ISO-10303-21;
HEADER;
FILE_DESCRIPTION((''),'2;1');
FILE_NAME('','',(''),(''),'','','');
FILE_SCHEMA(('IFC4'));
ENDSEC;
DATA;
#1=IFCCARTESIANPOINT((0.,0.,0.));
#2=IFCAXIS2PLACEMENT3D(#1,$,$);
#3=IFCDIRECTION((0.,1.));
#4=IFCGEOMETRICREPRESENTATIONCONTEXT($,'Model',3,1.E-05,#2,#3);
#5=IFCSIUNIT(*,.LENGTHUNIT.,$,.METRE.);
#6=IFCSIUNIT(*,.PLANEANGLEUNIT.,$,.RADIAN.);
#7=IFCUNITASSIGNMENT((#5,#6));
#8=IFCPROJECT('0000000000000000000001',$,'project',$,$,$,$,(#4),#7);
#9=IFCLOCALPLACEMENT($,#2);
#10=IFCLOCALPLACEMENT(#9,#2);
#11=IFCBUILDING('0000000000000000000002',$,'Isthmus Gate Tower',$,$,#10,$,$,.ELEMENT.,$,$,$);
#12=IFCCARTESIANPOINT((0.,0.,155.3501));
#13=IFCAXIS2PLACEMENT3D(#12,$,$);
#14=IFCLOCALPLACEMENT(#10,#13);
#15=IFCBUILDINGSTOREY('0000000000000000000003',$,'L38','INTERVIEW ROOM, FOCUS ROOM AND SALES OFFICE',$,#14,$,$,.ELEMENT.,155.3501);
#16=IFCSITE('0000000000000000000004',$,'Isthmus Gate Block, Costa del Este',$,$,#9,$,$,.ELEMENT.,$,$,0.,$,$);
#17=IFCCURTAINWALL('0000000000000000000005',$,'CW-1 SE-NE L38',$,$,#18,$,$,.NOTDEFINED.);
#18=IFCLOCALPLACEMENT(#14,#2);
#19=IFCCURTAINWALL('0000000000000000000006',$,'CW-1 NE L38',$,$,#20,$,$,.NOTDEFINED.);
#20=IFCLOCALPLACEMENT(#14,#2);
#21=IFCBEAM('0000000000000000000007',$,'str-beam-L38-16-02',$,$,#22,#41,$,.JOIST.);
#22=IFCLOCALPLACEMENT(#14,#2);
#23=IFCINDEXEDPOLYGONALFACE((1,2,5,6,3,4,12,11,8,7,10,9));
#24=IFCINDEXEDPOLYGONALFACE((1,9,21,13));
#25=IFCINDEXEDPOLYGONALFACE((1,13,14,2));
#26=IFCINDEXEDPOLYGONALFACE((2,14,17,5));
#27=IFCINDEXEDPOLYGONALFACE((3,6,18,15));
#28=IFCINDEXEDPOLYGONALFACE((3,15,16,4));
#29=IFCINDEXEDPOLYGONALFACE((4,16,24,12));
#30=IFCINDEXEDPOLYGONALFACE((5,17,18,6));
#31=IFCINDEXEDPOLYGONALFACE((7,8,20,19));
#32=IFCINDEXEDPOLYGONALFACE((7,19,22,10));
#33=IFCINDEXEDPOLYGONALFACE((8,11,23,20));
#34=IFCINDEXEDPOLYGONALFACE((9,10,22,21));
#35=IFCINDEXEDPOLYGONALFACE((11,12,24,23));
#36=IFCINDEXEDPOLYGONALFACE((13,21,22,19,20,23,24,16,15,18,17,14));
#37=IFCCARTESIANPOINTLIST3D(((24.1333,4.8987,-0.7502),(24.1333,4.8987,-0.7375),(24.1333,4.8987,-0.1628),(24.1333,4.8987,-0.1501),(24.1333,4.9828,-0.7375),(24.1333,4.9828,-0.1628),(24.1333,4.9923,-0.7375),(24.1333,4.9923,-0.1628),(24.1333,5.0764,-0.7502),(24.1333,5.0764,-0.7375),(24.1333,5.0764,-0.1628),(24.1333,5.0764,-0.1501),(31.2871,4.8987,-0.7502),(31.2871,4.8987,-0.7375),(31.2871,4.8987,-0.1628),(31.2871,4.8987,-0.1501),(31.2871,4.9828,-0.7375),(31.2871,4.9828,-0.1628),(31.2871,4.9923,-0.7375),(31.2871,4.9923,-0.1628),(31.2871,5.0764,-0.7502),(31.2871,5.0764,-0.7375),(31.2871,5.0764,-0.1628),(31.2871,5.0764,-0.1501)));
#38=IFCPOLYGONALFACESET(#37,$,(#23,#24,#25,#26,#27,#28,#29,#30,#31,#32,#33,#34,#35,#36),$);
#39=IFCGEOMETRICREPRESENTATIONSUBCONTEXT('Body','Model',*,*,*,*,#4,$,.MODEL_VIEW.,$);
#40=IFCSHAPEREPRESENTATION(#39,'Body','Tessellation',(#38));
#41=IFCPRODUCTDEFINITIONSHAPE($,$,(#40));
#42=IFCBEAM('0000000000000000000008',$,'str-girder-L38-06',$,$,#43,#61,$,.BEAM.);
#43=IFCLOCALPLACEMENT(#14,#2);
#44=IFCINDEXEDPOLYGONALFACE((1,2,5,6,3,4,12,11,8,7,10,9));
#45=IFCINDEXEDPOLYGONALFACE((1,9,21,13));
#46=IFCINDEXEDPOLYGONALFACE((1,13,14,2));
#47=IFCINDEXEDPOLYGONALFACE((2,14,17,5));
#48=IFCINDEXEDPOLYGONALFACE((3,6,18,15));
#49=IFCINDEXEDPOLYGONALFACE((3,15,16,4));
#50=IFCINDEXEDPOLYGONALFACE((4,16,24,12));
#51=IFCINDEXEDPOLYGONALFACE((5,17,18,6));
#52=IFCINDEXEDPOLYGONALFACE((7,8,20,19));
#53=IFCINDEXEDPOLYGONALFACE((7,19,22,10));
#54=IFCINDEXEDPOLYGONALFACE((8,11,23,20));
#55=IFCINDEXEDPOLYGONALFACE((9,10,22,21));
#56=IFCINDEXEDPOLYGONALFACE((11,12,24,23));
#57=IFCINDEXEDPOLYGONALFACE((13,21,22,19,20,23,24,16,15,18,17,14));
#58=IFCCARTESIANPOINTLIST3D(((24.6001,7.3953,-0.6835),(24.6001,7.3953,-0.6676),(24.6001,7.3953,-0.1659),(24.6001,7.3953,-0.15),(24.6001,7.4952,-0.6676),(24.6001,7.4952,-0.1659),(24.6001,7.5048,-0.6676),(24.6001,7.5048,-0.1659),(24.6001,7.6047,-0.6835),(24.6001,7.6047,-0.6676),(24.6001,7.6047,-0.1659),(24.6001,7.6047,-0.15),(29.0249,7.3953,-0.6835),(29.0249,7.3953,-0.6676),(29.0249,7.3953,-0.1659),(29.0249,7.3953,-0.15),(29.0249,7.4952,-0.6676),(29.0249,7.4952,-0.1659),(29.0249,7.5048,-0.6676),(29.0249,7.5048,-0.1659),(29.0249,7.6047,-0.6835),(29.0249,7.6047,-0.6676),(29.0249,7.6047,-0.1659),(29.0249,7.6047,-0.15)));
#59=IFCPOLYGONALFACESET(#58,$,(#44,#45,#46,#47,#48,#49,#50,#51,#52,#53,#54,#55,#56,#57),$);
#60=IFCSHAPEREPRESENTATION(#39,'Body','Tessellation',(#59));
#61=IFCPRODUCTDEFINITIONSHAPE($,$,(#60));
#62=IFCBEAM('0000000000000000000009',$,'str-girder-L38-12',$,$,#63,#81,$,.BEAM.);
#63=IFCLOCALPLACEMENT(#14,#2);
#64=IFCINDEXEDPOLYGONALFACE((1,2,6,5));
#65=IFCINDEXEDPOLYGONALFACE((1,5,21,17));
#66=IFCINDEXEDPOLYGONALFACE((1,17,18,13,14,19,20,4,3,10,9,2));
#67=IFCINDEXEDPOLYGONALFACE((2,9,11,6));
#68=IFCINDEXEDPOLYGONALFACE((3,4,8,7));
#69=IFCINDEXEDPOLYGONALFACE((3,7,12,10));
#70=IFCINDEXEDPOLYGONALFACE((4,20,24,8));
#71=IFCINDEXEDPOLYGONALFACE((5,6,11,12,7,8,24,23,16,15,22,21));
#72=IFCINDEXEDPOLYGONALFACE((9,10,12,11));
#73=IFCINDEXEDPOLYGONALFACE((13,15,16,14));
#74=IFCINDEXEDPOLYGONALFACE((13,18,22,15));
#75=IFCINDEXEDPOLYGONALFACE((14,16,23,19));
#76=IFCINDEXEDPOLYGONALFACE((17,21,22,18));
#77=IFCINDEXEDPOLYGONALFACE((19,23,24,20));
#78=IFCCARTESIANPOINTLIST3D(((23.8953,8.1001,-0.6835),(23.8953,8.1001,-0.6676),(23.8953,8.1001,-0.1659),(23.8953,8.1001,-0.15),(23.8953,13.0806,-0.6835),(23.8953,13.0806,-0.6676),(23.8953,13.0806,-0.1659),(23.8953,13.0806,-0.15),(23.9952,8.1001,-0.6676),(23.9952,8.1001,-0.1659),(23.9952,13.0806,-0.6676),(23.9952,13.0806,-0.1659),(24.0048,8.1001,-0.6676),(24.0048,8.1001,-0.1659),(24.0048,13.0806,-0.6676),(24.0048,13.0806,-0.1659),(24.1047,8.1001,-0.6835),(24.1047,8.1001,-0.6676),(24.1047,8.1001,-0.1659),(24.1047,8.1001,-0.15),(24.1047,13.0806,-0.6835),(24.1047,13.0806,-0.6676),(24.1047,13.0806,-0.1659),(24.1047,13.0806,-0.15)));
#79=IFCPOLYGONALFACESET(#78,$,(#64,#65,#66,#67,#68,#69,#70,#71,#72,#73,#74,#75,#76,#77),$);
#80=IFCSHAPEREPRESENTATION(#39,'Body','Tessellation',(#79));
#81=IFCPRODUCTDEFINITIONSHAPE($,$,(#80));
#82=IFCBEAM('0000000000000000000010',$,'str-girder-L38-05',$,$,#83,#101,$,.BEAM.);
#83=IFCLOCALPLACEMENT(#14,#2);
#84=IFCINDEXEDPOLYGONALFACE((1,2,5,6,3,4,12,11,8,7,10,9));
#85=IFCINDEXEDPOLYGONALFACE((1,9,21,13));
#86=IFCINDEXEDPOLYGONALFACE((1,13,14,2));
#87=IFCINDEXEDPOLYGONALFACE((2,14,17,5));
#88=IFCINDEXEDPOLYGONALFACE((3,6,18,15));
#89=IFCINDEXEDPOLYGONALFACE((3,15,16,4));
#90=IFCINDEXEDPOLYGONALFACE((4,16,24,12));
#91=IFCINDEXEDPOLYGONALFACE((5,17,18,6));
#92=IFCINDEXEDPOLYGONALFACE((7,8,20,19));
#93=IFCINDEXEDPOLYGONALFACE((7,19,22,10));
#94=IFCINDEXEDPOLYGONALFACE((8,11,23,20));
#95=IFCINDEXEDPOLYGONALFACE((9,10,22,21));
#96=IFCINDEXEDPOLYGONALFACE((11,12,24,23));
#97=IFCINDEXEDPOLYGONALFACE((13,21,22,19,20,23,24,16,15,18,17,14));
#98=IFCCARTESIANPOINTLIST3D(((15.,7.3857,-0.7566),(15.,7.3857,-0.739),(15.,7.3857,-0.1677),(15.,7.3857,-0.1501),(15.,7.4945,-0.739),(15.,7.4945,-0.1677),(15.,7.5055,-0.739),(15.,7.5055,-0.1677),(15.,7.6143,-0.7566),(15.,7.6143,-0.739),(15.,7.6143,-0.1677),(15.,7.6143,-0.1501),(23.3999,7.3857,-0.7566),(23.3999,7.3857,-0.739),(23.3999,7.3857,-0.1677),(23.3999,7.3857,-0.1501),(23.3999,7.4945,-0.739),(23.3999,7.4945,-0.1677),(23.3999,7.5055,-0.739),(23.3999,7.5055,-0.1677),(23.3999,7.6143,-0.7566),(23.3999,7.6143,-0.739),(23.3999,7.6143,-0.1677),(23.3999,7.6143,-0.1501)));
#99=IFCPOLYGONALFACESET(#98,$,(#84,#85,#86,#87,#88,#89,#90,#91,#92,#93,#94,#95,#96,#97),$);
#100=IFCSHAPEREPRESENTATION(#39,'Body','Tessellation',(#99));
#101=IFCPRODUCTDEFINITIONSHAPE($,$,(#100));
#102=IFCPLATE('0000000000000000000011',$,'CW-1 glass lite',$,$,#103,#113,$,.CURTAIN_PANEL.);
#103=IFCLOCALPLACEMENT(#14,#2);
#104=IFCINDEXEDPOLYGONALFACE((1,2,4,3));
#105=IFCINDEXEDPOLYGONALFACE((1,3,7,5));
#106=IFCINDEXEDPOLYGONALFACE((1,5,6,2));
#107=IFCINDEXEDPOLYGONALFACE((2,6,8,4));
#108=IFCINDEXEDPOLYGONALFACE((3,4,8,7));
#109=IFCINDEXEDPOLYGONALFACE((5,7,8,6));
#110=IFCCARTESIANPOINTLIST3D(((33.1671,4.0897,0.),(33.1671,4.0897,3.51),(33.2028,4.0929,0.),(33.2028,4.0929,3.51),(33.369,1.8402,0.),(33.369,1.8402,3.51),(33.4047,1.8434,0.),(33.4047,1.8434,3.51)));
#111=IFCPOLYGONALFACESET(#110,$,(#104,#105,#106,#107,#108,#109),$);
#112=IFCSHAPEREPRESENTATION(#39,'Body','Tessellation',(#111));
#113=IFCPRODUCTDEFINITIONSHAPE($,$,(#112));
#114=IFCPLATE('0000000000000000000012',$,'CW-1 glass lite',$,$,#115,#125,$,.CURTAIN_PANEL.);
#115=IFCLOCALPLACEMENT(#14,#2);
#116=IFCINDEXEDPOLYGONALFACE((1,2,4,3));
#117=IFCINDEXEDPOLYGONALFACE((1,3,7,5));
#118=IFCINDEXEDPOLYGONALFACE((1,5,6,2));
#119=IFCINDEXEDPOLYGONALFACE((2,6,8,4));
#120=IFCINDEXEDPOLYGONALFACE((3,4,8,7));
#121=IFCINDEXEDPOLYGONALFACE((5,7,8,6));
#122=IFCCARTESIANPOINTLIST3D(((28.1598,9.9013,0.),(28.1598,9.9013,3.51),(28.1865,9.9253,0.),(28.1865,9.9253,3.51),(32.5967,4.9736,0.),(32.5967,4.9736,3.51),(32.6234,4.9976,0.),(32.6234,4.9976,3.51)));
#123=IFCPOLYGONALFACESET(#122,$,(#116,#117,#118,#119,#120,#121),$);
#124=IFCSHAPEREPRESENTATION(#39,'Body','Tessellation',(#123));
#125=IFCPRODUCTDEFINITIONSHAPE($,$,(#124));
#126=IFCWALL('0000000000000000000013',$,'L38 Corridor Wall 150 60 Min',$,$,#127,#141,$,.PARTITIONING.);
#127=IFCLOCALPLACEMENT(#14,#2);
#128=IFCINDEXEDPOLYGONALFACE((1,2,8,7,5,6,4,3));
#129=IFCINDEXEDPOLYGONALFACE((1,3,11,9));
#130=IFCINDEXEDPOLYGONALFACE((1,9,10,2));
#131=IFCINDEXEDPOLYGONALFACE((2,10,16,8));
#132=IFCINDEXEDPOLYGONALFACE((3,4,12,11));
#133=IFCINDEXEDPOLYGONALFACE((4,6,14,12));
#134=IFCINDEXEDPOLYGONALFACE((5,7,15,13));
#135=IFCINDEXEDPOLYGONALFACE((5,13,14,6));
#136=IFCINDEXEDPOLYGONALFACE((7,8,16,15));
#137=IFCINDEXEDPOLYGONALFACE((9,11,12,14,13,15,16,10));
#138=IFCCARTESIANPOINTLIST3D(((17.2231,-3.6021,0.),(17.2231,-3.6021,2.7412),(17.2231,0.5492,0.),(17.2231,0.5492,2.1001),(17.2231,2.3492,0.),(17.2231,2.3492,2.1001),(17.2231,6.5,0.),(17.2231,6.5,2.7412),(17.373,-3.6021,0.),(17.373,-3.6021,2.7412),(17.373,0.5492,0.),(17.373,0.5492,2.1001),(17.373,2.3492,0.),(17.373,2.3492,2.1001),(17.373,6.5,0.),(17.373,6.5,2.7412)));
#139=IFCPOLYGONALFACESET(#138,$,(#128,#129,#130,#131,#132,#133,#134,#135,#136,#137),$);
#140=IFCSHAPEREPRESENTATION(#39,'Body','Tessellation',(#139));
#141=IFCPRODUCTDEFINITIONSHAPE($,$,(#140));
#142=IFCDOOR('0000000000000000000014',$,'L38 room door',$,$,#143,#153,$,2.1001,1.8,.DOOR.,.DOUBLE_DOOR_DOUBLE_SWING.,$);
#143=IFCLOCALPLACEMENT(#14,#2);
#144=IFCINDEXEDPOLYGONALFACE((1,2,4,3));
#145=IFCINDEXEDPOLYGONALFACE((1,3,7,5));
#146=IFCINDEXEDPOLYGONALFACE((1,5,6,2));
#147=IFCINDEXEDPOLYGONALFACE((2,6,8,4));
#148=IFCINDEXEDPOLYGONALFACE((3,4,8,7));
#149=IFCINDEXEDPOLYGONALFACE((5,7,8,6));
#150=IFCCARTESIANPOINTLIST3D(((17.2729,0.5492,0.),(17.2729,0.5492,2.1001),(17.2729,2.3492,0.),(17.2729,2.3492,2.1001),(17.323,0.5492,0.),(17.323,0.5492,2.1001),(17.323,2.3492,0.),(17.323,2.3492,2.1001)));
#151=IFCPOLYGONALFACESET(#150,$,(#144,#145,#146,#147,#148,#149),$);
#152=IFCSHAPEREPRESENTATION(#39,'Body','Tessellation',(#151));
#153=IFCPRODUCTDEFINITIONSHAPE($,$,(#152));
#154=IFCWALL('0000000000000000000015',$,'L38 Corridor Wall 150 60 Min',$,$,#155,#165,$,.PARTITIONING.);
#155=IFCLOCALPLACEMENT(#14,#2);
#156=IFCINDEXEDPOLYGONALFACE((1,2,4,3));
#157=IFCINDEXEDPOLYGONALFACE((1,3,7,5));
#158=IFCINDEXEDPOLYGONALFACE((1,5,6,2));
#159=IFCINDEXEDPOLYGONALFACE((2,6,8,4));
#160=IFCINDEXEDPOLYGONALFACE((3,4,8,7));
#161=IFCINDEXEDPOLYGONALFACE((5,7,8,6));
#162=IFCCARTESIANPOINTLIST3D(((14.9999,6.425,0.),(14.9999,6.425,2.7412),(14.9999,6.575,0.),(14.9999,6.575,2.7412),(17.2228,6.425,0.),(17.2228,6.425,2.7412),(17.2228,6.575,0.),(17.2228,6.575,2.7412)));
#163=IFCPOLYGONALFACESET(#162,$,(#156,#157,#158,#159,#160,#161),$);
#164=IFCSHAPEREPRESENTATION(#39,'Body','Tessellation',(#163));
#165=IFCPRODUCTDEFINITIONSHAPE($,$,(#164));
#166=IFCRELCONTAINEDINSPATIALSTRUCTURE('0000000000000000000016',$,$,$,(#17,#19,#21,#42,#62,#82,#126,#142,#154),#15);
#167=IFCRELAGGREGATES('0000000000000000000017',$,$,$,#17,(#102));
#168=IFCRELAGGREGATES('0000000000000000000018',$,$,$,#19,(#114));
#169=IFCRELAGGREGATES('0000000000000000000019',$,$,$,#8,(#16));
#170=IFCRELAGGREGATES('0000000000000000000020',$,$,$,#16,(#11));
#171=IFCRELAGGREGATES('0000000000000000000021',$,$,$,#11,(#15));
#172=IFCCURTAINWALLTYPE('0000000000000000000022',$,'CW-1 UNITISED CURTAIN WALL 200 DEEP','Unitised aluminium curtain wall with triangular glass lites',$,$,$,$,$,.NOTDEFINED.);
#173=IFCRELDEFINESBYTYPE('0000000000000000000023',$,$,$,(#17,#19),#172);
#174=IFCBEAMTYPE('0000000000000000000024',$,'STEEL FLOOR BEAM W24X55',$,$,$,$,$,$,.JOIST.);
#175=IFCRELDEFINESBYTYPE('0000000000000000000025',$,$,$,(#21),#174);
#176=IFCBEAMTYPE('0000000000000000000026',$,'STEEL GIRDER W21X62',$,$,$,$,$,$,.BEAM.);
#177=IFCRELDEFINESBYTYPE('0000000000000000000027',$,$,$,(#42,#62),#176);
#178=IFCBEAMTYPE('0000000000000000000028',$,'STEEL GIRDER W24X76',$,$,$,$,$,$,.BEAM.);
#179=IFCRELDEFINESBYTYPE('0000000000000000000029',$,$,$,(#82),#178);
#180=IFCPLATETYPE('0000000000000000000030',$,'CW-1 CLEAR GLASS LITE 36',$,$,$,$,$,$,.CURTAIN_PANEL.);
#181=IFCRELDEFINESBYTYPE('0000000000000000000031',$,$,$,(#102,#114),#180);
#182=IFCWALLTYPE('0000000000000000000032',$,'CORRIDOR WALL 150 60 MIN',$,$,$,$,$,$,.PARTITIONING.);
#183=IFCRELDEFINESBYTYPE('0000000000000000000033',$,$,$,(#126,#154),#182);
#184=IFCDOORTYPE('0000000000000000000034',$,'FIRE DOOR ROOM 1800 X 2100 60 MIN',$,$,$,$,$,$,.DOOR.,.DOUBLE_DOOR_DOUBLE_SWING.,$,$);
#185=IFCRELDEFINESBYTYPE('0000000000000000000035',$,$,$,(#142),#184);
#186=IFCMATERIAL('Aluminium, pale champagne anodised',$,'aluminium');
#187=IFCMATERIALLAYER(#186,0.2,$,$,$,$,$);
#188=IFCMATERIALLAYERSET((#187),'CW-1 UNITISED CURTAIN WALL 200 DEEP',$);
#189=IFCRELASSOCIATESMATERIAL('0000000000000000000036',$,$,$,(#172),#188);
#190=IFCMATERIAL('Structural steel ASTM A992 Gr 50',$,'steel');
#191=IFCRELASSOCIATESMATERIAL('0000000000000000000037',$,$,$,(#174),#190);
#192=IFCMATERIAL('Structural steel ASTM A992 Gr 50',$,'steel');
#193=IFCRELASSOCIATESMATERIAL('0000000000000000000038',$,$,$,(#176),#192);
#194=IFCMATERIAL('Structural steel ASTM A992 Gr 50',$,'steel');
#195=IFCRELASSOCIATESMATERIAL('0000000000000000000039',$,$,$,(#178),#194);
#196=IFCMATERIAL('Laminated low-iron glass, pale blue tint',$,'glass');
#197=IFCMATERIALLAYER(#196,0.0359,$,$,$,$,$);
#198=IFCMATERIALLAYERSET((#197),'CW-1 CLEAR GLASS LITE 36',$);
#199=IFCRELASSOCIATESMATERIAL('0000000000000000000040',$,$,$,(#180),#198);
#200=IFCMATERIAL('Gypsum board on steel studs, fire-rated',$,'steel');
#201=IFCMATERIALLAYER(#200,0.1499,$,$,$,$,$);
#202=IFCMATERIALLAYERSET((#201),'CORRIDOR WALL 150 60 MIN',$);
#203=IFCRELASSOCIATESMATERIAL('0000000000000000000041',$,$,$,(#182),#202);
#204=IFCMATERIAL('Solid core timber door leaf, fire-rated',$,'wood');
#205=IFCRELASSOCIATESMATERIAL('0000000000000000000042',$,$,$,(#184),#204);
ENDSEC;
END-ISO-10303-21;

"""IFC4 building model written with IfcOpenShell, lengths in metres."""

from ifc_helpers import new_model, si_unit, direction, frame, frame_2d, origin, origin_2d, place, context, subcontext, project, spatial, rectangle, i_section, extrude, material, layer, layer_set, material_profile, profile_set, type_object, element, fill, aggregate, save


model = new_model("IFC4")

# Units and contexts
model_context = context("Model", 3, precision=1e-05, world=origin(), true_north=direction((0.0, 1.0)))
body_context = subcontext(model_context, "Body", "Model", "MODEL_VIEW")
ifc_project = project(units=[si_unit("LENGTHUNIT", "METRE"), si_unit("PLANEANGLEUNIT", "RADIAN")], contexts=[model_context])

# Site, building, storey
site_placement = place(None, origin())
site = spatial("IfcSite", under=ifc_project, at=site_placement, Name="Isthmus Gate Block, Costa del Este", CompositionType="ELEMENT", RefElevation=0.0)
building_placement = place(site_placement, origin())
building = spatial("IfcBuilding", under=site, at=building_placement, Name="Isthmus Gate Tower", CompositionType="ELEMENT")
storey_placement = place(building_placement, frame((0.0, 0.0, 155.3501)))
storey = spatial("IfcBuildingStorey", under=building, at=storey_placement, Name="L38", Description="INTERVIEW ROOM, FOCUS ROOM AND SALES OFFICE", CompositionType="ELEMENT", Elevation=155.3501)

# Curtain walls
ifc_material_1 = material(Name="Aluminium, pale champagne anodised", Category="aluminium")
ifc_layer_1 = layer(ifc_material_1, 0.2)
ifc_layer_set_1 = layer_set([ifc_layer_1], Name="CW-1 UNITISED CURTAIN WALL 200 DEEP")
curtain_wall_type = type_object("IfcCurtainWallType", Name="CW-1 UNITISED CURTAIN WALL 200 DEEP", Description="Unitised aluminium curtain wall with triangular glass lites", PredefinedType="NOTDEFINED", material=ifc_layer_set_1)
curtain_wall_1_placement = place(storey_placement, origin())
curtain_wall_1 = element("IfcCurtainWall", 1, at=curtain_wall_1_placement, inside=storey, type_object=curtain_wall_type, Name="CW-1 SE-NE L38", PredefinedType="NOTDEFINED")
curtain_wall_2_placement = place(storey_placement, origin())
curtain_wall_2 = element("IfcCurtainWall", 2, at=curtain_wall_2_placement, inside=storey, type_object=curtain_wall_type, Name="CW-1 NE L38", PredefinedType="NOTDEFINED")

# Beams
ifc_material_2 = material(Name="Structural steel ASTM A992 Gr 50", Category="steel")
ifc_material_profile_1 = material_profile(ifc_material_2, i_section(OverallWidth=0.1777, OverallDepth=0.6001, WebThickness=0.0095, FlangeThickness=0.0127, at=origin_2d()), Name="W24X55")
ifc_profile_set_1 = profile_set([ifc_material_profile_1], Name="Structural steel ASTM A992 Gr 50")
beam_type_1 = type_object("IfcBeamType", Name="STEEL FLOOR BEAM W24X55", PredefinedType="JOIST", material=ifc_profile_set_1)
beam_1_placement = place(storey_placement, frame((24.1333, 4.9875, -0.4502), z_axis=(1.0, 0.0, 0.0), x_axis=(0.0, 1.0, 0.0)))
element("IfcBeam", 3, at=beam_1_placement, inside=storey, type_object=beam_type_1, Name="str-beam-L38-16-02", PredefinedType="JOIST", context=body_context, shape_type="SweptSolid", body=[
    extrude(i_section(OverallWidth=0.1777, OverallDepth=0.6001, WebThickness=0.0095, FlangeThickness=0.0127, at=origin_2d()), origin(), (0.0, 0.0, 1.0), 7.1538),
])
ifc_material_3 = material(Name="Structural steel ASTM A992 Gr 50", Category="steel")
ifc_material_profile_2 = material_profile(ifc_material_3, i_section(OverallWidth=0.2095, OverallDepth=0.5334, WebThickness=0.0095, FlangeThickness=0.0159, at=origin_2d()), Name="W21X62")
ifc_profile_set_2 = profile_set([ifc_material_profile_2], Name="Structural steel ASTM A992 Gr 50")
beam_type_2 = type_object("IfcBeamType", Name="STEEL GIRDER W21X62", PredefinedType="BEAM", material=ifc_profile_set_2)
beam_2_placement = place(storey_placement, frame((24.6001, 7.5, -0.4167), z_axis=(1.0, 0.0, 0.0), x_axis=(0.0, 1.0, 0.0)))
element("IfcBeam", 4, at=beam_2_placement, inside=storey, type_object=beam_type_2, Name="str-girder-L38-06", PredefinedType="BEAM", context=body_context, shape_type="SweptSolid", body=[
    extrude(i_section(OverallWidth=0.2095, OverallDepth=0.5334, WebThickness=0.0095, FlangeThickness=0.0159, at=origin_2d()), origin(), (0.0, 0.0, 1.0), 4.4248),
])
beam_3_placement = place(storey_placement, frame((24.0, 8.1001, -0.4167), z_axis=(0.0, 1.0, 0.0), x_axis=(-1.0, 0.0, 0.0)))
element("IfcBeam", 5, at=beam_3_placement, inside=storey, type_object=beam_type_2, Name="str-girder-L38-12", PredefinedType="BEAM", context=body_context, shape_type="SweptSolid", body=[
    extrude(i_section(OverallWidth=0.2095, OverallDepth=0.5334, WebThickness=0.0095, FlangeThickness=0.0159, at=origin_2d()), origin(), (0.0, 0.0, 1.0), 4.9805),
])
ifc_material_4 = material(Name="Structural steel ASTM A992 Gr 50", Category="steel")
ifc_material_profile_3 = material_profile(ifc_material_4, i_section(OverallWidth=0.2285, OverallDepth=0.6064, WebThickness=0.011, FlangeThickness=0.0176, at=origin_2d()), Name="W24X76")
ifc_profile_set_3 = profile_set([ifc_material_profile_3], Name="Structural steel ASTM A992 Gr 50")
beam_type_3 = type_object("IfcBeamType", Name="STEEL GIRDER W24X76", PredefinedType="BEAM", material=ifc_profile_set_3)
beam_4_placement = place(storey_placement, frame((15.0, 7.5, -0.4534), z_axis=(1.0, 0.0, 0.0), x_axis=(0.0, 1.0, 0.0)))
element("IfcBeam", 6, at=beam_4_placement, inside=storey, type_object=beam_type_3, Name="str-girder-L38-05", PredefinedType="BEAM", context=body_context, shape_type="SweptSolid", body=[
    extrude(i_section(OverallWidth=0.2285, OverallDepth=0.6064, WebThickness=0.011, FlangeThickness=0.0176, at=origin_2d()), origin(), (0.0, 0.0, 1.0), 8.3999),
])

# Plates
ifc_material_5 = material(Name="Laminated low-iron glass, pale blue tint", Category="glass")
ifc_layer_2 = layer(ifc_material_5, 0.0359)
ifc_layer_set_2 = layer_set([ifc_layer_2], Name="CW-1 CLEAR GLASS LITE 36")
plate_type = type_object("IfcPlateType", Name="CW-1 CLEAR GLASS LITE 36", PredefinedType="CURTAIN_PANEL", material=ifc_layer_set_2)
plate_1_placement = place(storey_placement, frame((33.2859, 2.9666, 0.0), z_axis=(0.0, 0.0, 1.0), x_axis=(-0.089397, 0.995996, 0.0)))
plate_1 = element("IfcPlate", 7, at=plate_1_placement, type_object=plate_type, Name="CW-1 glass lite", PredefinedType="CURTAIN_PANEL", context=body_context, shape_type="SweptSolid", body=[
    extrude(rectangle(XDim=2.2585, YDim=0.0359, at=origin_2d()), origin(), (0.0, 0.0, 1.0), 3.51),
])
aggregate(curtain_wall_1, [plate_1])
plate_2_placement = place(storey_placement, frame((30.3916, 7.4495, 0.0), z_axis=(0.0, 0.0, 1.0), x_axis=(-0.669131, 0.743145, 0.0)))
plate_2 = element("IfcPlate", 8, at=plate_2_placement, type_object=plate_type, Name="CW-1 glass lite", PredefinedType="CURTAIN_PANEL", context=body_context, shape_type="SweptSolid", body=[
    extrude(rectangle(XDim=6.6309, YDim=0.0359, at=origin_2d()), origin(), (0.0, 0.0, 1.0), 3.51),
])
aggregate(curtain_wall_2, [plate_2])

# Wall, opening, door
ifc_material_6 = material(Name="Gypsum board on steel studs, fire-rated", Category="steel")
ifc_layer_3 = layer(ifc_material_6, 0.1499)
ifc_layer_set_3 = layer_set([ifc_layer_3], Name="CORRIDOR WALL 150 60 MIN")
wall_type = type_object("IfcWallType", Name="CORRIDOR WALL 150 60 MIN", PredefinedType="PARTITIONING", material=ifc_layer_set_3)
wall_1_placement = place(storey_placement, frame((17.2981, 6.5, 0.0), z_axis=(0.0, 0.0, 1.0), x_axis=(0.0, -1.0, 0.0)))
wall_1 = element("IfcWall", 9, at=wall_1_placement, inside=storey, type_object=wall_type, Name="L38 Corridor Wall 150 60 Min", PredefinedType="PARTITIONING", context=body_context, shape_type="SweptSolid", body=[
    extrude(rectangle(XDim=10.1021, YDim=0.1499, at=frame_2d((5.051, 0.0))), origin(), (0.0, 0.0, 1.0), 2.7412),
])
opening_placement = place(wall_1_placement, frame((4.1509, 0.0, 0.0)))
opening = element("IfcOpeningElement", 10, at=opening_placement, cuts=wall_1, PredefinedType="OPENING", context=body_context, shape_type="SweptSolid", body=[
    extrude(rectangle(XDim=1.8, YDim=2.1001, at=frame_2d((0.8999, 1.05))), frame((0.0, 0.085, 0.0), z_axis=(0.0, -1.0, 0.0), x_axis=(1.0, 0.0, 0.0)), (0.0, 0.0, 1.0), 0.1699),
])
ifc_material_7 = material(Name="Solid core timber door leaf, fire-rated", Category="wood")
door_type = type_object("IfcDoorType", Name="FIRE DOOR ROOM 1800 X 2100 60 MIN", OperationType="DOUBLE_DOOR_DOUBLE_SWING", PredefinedType="DOOR", material=ifc_material_7)
door_placement = place(opening_placement, origin())
door = element("IfcDoor", 11, at=door_placement, inside=storey, type_object=door_type, Name="L38 room door", OperationType="DOUBLE_DOOR_DOUBLE_SWING", OverallHeight=2.1001, OverallWidth=1.8, PredefinedType="DOOR", context=body_context, shape_type="SweptSolid", body=[
    extrude(rectangle(XDim=1.8, YDim=2.1001, at=frame_2d((0.8999, 1.05))), frame((0.0, 0.0249, 0.0), z_axis=(0.0, -1.0, 0.0), x_axis=(1.0, 0.0, 0.0)), (0.0, 0.0, 1.0), 0.05),
])
fill(opening, door)

# Wall
wall_2_placement = place(storey_placement, frame((15.0, 6.5, 0.0), z_axis=(0.0, 0.0, 1.0), x_axis=(1.0, 0.0, 0.0)))
element("IfcWall", 12, at=wall_2_placement, inside=storey, type_object=wall_type, Name="L38 Corridor Wall 150 60 Min", PredefinedType="PARTITIONING", context=body_context, shape_type="SweptSolid", body=[
    extrude(rectangle(XDim=2.2229, YDim=0.1499, at=frame_2d((1.1113, 0.0))), origin(), (0.0, 0.0, 1.0), 2.7412),
])

save(model, "model.ifc")
